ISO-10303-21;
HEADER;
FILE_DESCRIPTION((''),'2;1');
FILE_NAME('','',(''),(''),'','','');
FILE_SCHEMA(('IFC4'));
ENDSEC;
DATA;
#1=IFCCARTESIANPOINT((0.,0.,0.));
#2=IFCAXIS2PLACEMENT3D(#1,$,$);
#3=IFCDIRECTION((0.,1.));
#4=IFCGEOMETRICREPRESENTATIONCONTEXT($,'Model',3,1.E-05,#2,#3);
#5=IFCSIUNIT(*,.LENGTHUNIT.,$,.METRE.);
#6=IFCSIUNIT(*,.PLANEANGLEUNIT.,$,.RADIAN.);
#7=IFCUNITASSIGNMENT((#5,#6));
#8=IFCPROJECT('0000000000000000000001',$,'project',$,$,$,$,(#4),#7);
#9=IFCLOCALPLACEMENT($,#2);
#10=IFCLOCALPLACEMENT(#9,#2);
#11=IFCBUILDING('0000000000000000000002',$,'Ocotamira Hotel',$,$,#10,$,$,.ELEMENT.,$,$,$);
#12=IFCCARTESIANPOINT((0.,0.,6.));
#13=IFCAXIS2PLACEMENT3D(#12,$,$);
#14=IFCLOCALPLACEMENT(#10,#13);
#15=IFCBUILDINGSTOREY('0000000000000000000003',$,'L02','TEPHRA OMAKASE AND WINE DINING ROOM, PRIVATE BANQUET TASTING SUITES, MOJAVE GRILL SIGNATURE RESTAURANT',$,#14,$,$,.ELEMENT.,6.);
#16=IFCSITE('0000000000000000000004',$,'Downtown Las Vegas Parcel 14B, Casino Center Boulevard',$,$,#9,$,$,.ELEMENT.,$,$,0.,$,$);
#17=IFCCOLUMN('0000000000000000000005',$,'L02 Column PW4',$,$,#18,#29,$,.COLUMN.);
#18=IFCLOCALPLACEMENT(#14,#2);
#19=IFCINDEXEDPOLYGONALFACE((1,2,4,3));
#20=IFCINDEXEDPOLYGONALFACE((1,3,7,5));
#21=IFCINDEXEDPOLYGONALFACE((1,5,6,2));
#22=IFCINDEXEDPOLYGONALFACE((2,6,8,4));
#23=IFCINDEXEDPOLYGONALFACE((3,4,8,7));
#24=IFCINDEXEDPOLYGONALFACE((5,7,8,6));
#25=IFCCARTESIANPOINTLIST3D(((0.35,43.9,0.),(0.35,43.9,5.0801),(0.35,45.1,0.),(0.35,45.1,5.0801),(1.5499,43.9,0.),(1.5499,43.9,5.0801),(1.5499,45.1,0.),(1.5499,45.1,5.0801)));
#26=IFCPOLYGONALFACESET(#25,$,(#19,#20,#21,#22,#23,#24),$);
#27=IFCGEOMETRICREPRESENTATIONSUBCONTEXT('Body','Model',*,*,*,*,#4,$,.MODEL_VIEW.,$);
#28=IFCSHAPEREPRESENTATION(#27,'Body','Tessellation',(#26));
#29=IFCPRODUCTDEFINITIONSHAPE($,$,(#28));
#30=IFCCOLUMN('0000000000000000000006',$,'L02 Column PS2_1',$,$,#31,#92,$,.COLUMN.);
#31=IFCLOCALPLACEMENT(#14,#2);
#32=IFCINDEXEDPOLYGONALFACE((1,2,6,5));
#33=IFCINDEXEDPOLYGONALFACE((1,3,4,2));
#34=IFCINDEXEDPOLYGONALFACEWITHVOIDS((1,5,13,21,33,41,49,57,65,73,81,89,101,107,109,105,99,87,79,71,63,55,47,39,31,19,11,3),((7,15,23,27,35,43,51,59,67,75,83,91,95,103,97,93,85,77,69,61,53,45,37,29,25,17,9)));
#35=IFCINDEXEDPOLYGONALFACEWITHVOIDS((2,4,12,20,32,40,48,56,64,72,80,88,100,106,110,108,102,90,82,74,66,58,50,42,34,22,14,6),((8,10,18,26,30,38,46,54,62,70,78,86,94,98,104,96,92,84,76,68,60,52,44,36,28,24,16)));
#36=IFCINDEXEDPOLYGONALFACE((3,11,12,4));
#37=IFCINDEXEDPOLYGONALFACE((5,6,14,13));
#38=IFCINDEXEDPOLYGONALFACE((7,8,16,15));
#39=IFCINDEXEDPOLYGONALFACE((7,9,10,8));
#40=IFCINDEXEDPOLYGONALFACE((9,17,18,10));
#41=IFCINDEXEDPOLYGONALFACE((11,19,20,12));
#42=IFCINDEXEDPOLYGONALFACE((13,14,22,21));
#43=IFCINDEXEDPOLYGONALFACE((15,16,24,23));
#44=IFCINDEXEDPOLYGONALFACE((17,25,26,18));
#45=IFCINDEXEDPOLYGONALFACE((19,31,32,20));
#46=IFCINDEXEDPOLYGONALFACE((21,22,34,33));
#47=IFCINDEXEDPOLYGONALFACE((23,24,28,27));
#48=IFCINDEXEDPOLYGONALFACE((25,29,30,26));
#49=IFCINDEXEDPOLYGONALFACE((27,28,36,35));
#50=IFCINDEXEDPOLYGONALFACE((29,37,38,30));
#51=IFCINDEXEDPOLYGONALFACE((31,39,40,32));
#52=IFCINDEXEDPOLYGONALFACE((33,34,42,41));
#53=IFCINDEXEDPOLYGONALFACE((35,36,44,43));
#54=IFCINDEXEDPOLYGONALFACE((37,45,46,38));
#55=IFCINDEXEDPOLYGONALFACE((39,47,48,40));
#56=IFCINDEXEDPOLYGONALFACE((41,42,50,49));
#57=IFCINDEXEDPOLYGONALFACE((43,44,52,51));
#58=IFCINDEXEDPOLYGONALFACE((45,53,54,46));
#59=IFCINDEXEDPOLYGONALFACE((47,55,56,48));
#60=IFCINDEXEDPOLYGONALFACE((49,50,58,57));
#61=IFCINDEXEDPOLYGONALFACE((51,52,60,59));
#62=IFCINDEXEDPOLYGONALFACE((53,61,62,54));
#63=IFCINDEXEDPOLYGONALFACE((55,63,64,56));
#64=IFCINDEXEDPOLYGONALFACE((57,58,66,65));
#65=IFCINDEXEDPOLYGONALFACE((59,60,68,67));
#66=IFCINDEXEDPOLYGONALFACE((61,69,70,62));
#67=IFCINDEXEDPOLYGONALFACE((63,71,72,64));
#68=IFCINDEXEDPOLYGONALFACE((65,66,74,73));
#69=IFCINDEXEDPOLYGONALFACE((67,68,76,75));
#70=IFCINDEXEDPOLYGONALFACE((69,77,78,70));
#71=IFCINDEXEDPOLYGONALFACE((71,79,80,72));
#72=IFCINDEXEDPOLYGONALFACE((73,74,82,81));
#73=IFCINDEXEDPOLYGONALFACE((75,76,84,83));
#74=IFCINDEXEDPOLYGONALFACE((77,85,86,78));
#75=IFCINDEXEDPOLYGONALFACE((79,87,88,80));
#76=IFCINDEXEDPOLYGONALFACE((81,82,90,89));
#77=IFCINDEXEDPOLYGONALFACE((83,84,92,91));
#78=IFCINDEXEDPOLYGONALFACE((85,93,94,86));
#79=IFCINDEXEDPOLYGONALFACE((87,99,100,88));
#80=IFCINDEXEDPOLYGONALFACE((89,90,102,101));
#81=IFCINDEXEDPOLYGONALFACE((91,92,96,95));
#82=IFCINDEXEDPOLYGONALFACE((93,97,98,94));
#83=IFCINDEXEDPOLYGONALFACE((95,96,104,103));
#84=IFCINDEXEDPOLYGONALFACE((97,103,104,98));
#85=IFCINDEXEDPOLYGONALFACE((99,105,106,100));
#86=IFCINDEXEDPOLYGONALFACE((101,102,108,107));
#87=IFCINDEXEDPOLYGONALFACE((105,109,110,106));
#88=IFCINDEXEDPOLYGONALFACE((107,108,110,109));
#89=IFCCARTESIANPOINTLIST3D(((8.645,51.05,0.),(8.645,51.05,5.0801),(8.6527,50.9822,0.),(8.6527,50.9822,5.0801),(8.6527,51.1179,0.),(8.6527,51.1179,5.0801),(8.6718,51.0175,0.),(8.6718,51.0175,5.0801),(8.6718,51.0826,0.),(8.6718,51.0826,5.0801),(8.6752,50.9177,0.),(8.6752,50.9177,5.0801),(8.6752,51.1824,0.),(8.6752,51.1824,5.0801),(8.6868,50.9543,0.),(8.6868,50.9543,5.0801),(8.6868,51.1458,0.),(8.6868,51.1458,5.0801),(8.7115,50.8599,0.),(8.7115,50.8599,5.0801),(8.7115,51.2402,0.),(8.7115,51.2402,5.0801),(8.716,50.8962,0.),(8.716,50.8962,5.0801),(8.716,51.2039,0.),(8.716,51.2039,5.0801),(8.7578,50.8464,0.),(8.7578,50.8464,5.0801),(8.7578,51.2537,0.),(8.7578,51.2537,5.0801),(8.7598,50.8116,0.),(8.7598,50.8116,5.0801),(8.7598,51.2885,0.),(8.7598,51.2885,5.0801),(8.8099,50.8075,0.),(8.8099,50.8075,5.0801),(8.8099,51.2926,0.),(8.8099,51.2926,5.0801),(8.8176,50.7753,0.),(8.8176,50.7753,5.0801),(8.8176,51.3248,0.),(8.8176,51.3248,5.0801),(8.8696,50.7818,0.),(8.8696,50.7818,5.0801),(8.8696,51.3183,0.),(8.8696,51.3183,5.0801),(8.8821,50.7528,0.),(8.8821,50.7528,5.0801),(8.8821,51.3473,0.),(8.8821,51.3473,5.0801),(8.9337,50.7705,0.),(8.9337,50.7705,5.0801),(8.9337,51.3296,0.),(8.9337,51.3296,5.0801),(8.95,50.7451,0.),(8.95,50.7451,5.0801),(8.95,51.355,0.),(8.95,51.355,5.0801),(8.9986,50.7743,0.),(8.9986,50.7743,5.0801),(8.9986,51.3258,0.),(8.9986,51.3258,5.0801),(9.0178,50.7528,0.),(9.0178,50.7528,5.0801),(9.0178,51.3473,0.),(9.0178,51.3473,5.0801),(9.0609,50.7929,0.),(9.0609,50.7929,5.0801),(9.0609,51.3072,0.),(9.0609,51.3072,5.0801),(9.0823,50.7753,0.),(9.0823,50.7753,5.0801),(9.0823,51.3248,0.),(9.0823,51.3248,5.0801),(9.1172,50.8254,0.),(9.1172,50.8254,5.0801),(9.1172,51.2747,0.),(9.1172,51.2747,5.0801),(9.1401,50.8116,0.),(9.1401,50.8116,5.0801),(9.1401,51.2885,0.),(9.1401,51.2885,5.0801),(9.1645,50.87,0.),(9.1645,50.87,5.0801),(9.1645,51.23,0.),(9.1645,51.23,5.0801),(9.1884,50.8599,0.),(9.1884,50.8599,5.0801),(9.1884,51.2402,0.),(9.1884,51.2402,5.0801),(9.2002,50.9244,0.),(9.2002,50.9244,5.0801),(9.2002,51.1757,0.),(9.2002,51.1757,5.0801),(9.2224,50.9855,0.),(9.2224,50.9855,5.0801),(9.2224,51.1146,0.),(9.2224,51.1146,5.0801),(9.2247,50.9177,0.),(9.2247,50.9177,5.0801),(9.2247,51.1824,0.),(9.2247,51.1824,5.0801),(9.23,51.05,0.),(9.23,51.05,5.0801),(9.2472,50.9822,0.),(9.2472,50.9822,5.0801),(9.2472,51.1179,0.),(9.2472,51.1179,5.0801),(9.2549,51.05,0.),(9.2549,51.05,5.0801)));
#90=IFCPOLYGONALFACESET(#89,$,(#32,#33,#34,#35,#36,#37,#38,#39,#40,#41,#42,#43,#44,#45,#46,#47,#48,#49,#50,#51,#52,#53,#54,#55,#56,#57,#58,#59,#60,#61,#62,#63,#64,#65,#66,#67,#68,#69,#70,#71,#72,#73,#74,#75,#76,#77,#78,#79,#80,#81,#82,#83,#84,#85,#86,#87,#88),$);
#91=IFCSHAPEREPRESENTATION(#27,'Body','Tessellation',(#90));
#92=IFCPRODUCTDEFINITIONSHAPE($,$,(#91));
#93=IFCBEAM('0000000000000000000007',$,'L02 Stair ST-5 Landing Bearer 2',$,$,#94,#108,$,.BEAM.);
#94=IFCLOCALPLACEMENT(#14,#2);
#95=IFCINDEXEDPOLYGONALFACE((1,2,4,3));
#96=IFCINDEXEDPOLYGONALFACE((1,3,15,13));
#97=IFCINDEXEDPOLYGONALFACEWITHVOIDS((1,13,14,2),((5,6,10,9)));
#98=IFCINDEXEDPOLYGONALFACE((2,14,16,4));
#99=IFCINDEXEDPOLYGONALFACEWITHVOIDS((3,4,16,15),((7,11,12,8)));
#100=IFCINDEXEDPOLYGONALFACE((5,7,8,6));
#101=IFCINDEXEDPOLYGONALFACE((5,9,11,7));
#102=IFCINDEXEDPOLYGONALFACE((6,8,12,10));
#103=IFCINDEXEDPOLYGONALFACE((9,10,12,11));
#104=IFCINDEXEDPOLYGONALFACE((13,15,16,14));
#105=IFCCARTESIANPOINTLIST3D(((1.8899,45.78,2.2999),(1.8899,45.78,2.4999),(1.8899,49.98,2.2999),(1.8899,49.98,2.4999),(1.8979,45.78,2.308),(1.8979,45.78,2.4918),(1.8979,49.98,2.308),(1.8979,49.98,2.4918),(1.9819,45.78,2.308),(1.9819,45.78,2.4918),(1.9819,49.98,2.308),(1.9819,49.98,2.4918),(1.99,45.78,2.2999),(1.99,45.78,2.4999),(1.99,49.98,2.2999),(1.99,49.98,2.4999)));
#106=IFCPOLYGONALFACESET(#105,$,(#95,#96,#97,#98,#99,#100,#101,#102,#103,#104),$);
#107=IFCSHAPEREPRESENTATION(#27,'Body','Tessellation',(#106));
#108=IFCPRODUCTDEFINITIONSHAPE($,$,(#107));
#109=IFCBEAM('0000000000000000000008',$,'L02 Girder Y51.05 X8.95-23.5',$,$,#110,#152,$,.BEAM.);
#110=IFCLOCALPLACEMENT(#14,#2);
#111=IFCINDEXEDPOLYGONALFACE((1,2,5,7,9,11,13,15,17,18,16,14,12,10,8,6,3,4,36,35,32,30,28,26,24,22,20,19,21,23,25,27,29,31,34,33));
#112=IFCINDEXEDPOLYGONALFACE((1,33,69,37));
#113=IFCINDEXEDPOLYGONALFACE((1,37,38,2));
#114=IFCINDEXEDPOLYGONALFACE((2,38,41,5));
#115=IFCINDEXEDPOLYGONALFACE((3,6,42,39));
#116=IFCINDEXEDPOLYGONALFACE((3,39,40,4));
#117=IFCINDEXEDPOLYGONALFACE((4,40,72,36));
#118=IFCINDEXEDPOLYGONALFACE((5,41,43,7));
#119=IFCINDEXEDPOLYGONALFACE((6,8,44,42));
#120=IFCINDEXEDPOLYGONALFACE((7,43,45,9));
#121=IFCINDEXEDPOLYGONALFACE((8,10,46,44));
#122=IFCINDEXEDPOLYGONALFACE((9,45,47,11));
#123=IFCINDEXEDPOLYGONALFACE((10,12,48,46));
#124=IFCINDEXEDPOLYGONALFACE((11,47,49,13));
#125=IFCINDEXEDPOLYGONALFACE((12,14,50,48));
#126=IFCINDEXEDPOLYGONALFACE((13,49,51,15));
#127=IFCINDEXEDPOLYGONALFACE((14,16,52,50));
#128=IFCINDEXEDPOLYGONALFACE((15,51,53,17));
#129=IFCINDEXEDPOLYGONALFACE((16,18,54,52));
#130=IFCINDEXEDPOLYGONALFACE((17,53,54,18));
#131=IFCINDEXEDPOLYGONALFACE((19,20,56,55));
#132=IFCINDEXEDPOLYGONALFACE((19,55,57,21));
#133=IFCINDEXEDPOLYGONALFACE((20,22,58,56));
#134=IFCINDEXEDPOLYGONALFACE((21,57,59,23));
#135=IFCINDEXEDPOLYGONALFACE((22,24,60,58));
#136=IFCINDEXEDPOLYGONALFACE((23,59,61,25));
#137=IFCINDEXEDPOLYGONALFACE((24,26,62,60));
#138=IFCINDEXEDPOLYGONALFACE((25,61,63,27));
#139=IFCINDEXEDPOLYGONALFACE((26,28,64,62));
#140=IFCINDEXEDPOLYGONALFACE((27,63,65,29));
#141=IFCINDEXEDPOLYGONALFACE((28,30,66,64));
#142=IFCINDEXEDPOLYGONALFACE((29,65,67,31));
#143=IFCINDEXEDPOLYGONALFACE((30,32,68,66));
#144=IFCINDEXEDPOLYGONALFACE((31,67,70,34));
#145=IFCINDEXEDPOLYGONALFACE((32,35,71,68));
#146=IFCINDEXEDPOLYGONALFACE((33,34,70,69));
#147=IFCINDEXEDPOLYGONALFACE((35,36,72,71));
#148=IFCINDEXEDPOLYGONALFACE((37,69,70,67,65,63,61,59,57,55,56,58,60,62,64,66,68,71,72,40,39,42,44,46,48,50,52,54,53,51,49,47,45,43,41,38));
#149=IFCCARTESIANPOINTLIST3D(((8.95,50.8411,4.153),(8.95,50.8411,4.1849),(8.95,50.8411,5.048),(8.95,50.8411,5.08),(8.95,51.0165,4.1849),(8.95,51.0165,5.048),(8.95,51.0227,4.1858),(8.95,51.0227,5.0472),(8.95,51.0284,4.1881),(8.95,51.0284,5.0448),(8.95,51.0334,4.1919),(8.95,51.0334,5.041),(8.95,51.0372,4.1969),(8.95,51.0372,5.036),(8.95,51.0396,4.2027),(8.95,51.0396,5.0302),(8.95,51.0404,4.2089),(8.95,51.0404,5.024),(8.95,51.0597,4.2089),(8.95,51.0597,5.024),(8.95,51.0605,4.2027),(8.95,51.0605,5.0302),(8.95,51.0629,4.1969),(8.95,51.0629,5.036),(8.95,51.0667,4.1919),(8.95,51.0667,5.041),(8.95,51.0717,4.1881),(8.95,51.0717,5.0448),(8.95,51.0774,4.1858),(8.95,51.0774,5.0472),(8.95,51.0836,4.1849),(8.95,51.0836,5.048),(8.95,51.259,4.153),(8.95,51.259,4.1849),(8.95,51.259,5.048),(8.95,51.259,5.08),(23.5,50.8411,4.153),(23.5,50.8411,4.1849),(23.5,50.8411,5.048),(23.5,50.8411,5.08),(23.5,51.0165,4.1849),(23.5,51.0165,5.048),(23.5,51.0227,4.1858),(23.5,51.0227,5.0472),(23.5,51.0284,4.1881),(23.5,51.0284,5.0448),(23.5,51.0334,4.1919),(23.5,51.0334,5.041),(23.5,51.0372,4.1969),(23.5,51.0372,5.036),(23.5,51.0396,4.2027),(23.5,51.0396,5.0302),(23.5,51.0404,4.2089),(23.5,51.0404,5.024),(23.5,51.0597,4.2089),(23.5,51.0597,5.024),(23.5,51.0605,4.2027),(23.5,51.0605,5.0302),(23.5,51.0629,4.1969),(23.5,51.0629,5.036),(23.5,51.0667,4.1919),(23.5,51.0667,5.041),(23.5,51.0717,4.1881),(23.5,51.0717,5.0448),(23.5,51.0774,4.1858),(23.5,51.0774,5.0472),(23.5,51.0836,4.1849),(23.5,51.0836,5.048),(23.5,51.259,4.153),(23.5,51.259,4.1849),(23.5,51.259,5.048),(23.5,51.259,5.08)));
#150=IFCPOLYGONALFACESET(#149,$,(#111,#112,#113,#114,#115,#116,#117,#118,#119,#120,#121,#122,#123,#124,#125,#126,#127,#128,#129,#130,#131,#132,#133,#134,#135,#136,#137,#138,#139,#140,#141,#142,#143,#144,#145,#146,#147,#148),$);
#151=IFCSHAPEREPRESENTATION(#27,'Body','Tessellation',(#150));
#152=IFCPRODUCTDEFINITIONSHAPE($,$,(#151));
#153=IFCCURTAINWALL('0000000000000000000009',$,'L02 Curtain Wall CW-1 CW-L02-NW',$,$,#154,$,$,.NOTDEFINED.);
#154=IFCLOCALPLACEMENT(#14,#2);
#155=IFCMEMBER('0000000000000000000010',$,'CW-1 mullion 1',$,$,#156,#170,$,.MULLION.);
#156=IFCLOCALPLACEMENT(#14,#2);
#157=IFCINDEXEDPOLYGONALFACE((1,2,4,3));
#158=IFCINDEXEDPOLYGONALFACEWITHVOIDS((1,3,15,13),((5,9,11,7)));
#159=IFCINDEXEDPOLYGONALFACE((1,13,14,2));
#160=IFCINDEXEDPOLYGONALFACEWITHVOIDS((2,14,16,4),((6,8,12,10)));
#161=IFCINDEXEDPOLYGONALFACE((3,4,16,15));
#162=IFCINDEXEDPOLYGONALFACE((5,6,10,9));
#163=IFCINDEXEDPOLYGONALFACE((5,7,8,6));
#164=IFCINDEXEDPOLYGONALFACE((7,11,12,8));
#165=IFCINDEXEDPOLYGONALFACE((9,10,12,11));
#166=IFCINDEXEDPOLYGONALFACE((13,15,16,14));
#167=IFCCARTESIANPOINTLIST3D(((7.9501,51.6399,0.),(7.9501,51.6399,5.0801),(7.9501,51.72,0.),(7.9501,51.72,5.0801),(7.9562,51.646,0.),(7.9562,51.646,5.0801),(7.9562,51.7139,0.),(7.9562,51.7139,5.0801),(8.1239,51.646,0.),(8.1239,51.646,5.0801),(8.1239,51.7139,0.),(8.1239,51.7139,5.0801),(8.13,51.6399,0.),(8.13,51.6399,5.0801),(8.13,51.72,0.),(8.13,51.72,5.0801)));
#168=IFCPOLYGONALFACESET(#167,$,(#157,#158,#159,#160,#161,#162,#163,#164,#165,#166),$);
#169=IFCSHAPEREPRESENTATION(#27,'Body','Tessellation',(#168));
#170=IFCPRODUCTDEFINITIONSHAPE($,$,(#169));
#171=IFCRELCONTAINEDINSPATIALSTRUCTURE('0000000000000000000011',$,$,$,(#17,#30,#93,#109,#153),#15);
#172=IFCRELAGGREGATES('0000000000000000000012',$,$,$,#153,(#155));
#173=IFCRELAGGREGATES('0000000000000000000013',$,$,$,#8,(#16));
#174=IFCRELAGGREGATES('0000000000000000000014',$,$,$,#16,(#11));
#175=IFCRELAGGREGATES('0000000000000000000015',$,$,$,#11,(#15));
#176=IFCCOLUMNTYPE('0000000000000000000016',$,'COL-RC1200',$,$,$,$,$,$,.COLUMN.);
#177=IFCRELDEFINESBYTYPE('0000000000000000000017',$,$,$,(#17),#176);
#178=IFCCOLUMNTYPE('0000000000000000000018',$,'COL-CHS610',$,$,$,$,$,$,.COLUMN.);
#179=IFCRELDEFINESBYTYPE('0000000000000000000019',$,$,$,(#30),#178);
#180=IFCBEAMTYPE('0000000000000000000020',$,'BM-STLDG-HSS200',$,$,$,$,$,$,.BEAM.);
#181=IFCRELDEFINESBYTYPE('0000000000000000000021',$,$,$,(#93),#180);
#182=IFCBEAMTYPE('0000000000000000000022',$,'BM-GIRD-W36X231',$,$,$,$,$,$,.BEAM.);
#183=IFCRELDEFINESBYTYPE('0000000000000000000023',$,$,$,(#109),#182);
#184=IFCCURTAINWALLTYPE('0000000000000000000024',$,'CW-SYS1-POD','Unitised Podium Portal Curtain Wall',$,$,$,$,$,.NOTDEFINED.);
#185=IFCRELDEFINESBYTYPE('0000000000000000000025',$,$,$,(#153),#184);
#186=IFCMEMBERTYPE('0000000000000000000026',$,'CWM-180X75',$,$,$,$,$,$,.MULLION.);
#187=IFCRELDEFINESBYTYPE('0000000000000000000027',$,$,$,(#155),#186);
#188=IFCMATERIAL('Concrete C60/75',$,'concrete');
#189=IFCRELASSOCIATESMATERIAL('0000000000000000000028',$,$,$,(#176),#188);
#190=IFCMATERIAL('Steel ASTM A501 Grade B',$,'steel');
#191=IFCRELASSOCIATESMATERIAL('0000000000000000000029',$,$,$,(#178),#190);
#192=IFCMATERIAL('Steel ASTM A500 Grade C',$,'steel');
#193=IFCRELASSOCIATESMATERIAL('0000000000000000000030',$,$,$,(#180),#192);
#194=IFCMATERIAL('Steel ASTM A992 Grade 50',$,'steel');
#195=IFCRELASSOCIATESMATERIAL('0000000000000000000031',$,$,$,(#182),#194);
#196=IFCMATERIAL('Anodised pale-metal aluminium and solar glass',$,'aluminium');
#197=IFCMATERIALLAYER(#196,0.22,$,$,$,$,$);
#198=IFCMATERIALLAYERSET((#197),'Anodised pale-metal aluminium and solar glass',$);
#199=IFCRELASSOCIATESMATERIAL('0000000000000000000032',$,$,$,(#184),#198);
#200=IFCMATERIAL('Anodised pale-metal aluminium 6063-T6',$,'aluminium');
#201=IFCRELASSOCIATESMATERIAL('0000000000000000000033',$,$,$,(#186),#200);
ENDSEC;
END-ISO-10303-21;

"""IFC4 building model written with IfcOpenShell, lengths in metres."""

from ifc_helpers import new_model, si_unit, direction, frame, origin, origin_2d, place, context, subcontext, project, spatial, rectangle, hollow_rectangle, hollow_circle, i_section, extrude, source, transform, mapped, material, layer, layer_set, material_profile, profile_set, type_object, element, aggregate, save


model = new_model("IFC4")

# Units and contexts
model_context = context("Model", 3, precision=1e-05, world=origin(), true_north=direction((0.0, 1.0)))
body_context = subcontext(model_context, "Body", "Model", "MODEL_VIEW")
ifc_project = project(units=[si_unit("LENGTHUNIT", "METRE"), si_unit("PLANEANGLEUNIT", "RADIAN")], contexts=[model_context])

# Site, building, storey
site_placement = place(None, origin())
site = spatial("IfcSite", under=ifc_project, at=site_placement, Name="Downtown Las Vegas Parcel 14B, Casino Center Boulevard", CompositionType="ELEMENT", RefElevation=0.0)
building_placement = place(site_placement, origin())
building = spatial("IfcBuilding", under=site, at=building_placement, Name="Ocotamira Hotel", CompositionType="ELEMENT")
storey_placement = place(building_placement, frame((0.0, 0.0, 6.0)))
storey = spatial("IfcBuildingStorey", under=building, at=storey_placement, Name="L02", Description="TEPHRA OMAKASE AND WINE DINING ROOM, PRIVATE BANQUET TASTING SUITES, MOJAVE GRILL SIGNATURE RESTAURANT", CompositionType="ELEMENT", Elevation=6.0)

# Columns
ifc_material_1 = material(Name="Concrete C60/75", Category="concrete")
ifc_material_profile_1 = material_profile(ifc_material_1, rectangle(XDim=1.2, YDim=1.2, at=origin_2d()), Name="RC1200X1200")
ifc_profile_set_1 = profile_set([ifc_material_profile_1], Name="Concrete C60/75")
column_type_1 = type_object("IfcColumnType", Name="COL-RC1200", PredefinedType="COLUMN", material=ifc_profile_set_1)
shared_shape_1 = source(origin(), body_context, "Body", "SweptSolid", [
    extrude(rectangle(XDim=1.2, YDim=1.2, at=origin_2d()), origin(), (0.0, 0.0, 1.0), 5.0801),
])
column_1_placement = place(storey_placement, frame((0.95, 44.5, 0.0), z_axis=(0.0, 0.0, 1.0), x_axis=(1.0, 0.0, 0.0)))
element("IfcColumn", 1, at=column_1_placement, inside=storey, type_object=column_type_1, Name="L02 Column PW4", PredefinedType="COLUMN", context=body_context, shape_type="MappedRepresentation", body=[
    mapped(shared_shape_1, transform((0.0, 0.0, 0.0), scale=1.0)),
])
ifc_material_2 = material(Name="Steel ASTM A501 Grade B", Category="steel")
ifc_material_profile_2 = material_profile(ifc_material_2, hollow_circle(Radius=0.3049, WallThickness=0.0249, at=origin_2d()), Name="CHS610X25")
ifc_profile_set_2 = profile_set([ifc_material_profile_2], Name="Steel ASTM A501 Grade B")
column_type_2 = type_object("IfcColumnType", Name="COL-CHS610", PredefinedType="COLUMN", material=ifc_profile_set_2)
shared_shape_2 = source(origin(), body_context, "Body", "SweptSolid", [
    extrude(hollow_circle(Radius=0.3049, WallThickness=0.0249, at=origin_2d()), origin(), (0.0, 0.0, 1.0), 5.0801),
])
column_2_placement = place(storey_placement, frame((8.95, 51.05, 0.0), z_axis=(0.0, 0.0, 1.0), x_axis=(1.0, 0.0, 0.0)))
element("IfcColumn", 2, at=column_2_placement, inside=storey, type_object=column_type_2, Name="L02 Column PS2_1", PredefinedType="COLUMN", context=body_context, shape_type="MappedRepresentation", body=[
    mapped(shared_shape_2, transform((0.0, 0.0, 0.0), scale=1.0)),
])

# Beams
ifc_material_3 = material(Name="Steel ASTM A500 Grade C", Category="steel")
ifc_material_profile_3 = material_profile(ifc_material_3, hollow_rectangle(XDim=0.1001, YDim=0.2, WallThickness=0.0081, at=origin_2d()), Name="HSS200X100X8")
ifc_profile_set_3 = profile_set([ifc_material_profile_3], Name="Steel ASTM A500 Grade C")
beam_type_1 = type_object("IfcBeamType", Name="BM-STLDG-HSS200", PredefinedType="BEAM", material=ifc_profile_set_3)
shared_shape_3 = source(origin(), body_context, "Body", "SweptSolid", [
    extrude(hollow_rectangle(XDim=0.1001, YDim=0.2, WallThickness=0.0081, at=origin_2d()), origin(), (0.0, 0.0, 1.0), 4.2),
])
beam_1_placement = place(storey_placement, frame((1.9399, 45.78, 2.3999), z_axis=(0.0, 1.0, 0.0), x_axis=(-1.0, 0.0, 0.0)))
element("IfcBeam", 3, at=beam_1_placement, inside=storey, type_object=beam_type_1, Name="L02 Stair ST-5 Landing Bearer 2", PredefinedType="BEAM", context=body_context, shape_type="MappedRepresentation", body=[
    mapped(shared_shape_3, transform((0.0, 0.0, 0.0), scale=1.0)),
])
ifc_material_4 = material(Name="Steel ASTM A992 Grade 50", Category="steel")
ifc_material_profile_4 = material_profile(ifc_material_4, i_section(OverallWidth=0.418, OverallDepth=0.927, WebThickness=0.0193, FlangeThickness=0.032, FilletRadius=0.0239, at=origin_2d()), Name="W36X231")
ifc_profile_set_4 = profile_set([ifc_material_profile_4], Name="Steel ASTM A992 Grade 50")
beam_type_2 = type_object("IfcBeamType", Name="BM-GIRD-W36X231", PredefinedType="BEAM", material=ifc_profile_set_4)
shared_shape_4 = source(origin(), body_context, "Body", "SweptSolid", [
    extrude(i_section(OverallWidth=0.418, OverallDepth=0.927, WebThickness=0.0193, FlangeThickness=0.032, FilletRadius=0.0239, at=origin_2d()), origin(), (0.0, 0.0, 1.0), 14.55),
])
beam_2_placement = place(storey_placement, frame((8.95, 51.05, 4.6165), z_axis=(1.0, 0.0, 0.0), x_axis=(0.0, 1.0, 0.0)))
element("IfcBeam", 4, at=beam_2_placement, inside=storey, type_object=beam_type_2, Name="L02 Girder Y51.05 X8.95-23.5", PredefinedType="BEAM", context=body_context, shape_type="MappedRepresentation", body=[
    mapped(shared_shape_4, transform((0.0, 0.0, 0.0), scale=1.0)),
])

# Curtain wall, member
ifc_material_5 = material(Name="Anodised pale-metal aluminium and solar glass", Category="aluminium")
ifc_layer_1 = layer(ifc_material_5, 0.22)
ifc_layer_set_1 = layer_set([ifc_layer_1], Name="Anodised pale-metal aluminium and solar glass")
curtain_wall_type = type_object("IfcCurtainWallType", Name="CW-SYS1-POD", Description="Unitised Podium Portal Curtain Wall", PredefinedType="NOTDEFINED", material=ifc_layer_set_1)
curtain_wall_placement = place(storey_placement, origin())
curtain_wall = element("IfcCurtainWall", 5, at=curtain_wall_placement, inside=storey, type_object=curtain_wall_type, Name="L02 Curtain Wall CW-1 CW-L02-NW", PredefinedType="NOTDEFINED")
ifc_material_6 = material(Name="Anodised pale-metal aluminium 6063-T6", Category="aluminium")
ifc_material_profile_5 = material_profile(ifc_material_6, hollow_rectangle(XDim=0.0801, YDim=0.1799, WallThickness=0.0061, at=origin_2d()), Name="HSS180X80X6")
ifc_profile_set_5 = profile_set([ifc_material_profile_5], Name="Anodised pale-metal aluminium 6063-T6")
member_type_1 = type_object("IfcMemberType", Name="CWM-180X75", PredefinedType="MULLION", material=ifc_profile_set_5)
shared_shape_5 = source(origin(), body_context, "Body", "SweptSolid", [
    extrude(hollow_rectangle(XDim=0.0801, YDim=0.1799, WallThickness=0.0061, at=origin_2d()), origin(), (0.0, 0.0, 1.0), 5.0801),
])
member_1_placement = place(storey_placement, frame((8.04, 51.6799, 0.0), z_axis=(0.0, 0.0, 1.0), x_axis=(0.0, 1.0, 0.0)))
member_1 = element("IfcMember", 6, at=member_1_placement, type_object=member_type_1, Name="CW-1 mullion 1", PredefinedType="MULLION", context=body_context, shape_type="MappedRepresentation", body=[
    mapped(shared_shape_5, transform((0.0, 0.0, 0.0), scale=1.0)),
])
aggregate(curtain_wall, [member_1])

save(model, "model.ifc")
